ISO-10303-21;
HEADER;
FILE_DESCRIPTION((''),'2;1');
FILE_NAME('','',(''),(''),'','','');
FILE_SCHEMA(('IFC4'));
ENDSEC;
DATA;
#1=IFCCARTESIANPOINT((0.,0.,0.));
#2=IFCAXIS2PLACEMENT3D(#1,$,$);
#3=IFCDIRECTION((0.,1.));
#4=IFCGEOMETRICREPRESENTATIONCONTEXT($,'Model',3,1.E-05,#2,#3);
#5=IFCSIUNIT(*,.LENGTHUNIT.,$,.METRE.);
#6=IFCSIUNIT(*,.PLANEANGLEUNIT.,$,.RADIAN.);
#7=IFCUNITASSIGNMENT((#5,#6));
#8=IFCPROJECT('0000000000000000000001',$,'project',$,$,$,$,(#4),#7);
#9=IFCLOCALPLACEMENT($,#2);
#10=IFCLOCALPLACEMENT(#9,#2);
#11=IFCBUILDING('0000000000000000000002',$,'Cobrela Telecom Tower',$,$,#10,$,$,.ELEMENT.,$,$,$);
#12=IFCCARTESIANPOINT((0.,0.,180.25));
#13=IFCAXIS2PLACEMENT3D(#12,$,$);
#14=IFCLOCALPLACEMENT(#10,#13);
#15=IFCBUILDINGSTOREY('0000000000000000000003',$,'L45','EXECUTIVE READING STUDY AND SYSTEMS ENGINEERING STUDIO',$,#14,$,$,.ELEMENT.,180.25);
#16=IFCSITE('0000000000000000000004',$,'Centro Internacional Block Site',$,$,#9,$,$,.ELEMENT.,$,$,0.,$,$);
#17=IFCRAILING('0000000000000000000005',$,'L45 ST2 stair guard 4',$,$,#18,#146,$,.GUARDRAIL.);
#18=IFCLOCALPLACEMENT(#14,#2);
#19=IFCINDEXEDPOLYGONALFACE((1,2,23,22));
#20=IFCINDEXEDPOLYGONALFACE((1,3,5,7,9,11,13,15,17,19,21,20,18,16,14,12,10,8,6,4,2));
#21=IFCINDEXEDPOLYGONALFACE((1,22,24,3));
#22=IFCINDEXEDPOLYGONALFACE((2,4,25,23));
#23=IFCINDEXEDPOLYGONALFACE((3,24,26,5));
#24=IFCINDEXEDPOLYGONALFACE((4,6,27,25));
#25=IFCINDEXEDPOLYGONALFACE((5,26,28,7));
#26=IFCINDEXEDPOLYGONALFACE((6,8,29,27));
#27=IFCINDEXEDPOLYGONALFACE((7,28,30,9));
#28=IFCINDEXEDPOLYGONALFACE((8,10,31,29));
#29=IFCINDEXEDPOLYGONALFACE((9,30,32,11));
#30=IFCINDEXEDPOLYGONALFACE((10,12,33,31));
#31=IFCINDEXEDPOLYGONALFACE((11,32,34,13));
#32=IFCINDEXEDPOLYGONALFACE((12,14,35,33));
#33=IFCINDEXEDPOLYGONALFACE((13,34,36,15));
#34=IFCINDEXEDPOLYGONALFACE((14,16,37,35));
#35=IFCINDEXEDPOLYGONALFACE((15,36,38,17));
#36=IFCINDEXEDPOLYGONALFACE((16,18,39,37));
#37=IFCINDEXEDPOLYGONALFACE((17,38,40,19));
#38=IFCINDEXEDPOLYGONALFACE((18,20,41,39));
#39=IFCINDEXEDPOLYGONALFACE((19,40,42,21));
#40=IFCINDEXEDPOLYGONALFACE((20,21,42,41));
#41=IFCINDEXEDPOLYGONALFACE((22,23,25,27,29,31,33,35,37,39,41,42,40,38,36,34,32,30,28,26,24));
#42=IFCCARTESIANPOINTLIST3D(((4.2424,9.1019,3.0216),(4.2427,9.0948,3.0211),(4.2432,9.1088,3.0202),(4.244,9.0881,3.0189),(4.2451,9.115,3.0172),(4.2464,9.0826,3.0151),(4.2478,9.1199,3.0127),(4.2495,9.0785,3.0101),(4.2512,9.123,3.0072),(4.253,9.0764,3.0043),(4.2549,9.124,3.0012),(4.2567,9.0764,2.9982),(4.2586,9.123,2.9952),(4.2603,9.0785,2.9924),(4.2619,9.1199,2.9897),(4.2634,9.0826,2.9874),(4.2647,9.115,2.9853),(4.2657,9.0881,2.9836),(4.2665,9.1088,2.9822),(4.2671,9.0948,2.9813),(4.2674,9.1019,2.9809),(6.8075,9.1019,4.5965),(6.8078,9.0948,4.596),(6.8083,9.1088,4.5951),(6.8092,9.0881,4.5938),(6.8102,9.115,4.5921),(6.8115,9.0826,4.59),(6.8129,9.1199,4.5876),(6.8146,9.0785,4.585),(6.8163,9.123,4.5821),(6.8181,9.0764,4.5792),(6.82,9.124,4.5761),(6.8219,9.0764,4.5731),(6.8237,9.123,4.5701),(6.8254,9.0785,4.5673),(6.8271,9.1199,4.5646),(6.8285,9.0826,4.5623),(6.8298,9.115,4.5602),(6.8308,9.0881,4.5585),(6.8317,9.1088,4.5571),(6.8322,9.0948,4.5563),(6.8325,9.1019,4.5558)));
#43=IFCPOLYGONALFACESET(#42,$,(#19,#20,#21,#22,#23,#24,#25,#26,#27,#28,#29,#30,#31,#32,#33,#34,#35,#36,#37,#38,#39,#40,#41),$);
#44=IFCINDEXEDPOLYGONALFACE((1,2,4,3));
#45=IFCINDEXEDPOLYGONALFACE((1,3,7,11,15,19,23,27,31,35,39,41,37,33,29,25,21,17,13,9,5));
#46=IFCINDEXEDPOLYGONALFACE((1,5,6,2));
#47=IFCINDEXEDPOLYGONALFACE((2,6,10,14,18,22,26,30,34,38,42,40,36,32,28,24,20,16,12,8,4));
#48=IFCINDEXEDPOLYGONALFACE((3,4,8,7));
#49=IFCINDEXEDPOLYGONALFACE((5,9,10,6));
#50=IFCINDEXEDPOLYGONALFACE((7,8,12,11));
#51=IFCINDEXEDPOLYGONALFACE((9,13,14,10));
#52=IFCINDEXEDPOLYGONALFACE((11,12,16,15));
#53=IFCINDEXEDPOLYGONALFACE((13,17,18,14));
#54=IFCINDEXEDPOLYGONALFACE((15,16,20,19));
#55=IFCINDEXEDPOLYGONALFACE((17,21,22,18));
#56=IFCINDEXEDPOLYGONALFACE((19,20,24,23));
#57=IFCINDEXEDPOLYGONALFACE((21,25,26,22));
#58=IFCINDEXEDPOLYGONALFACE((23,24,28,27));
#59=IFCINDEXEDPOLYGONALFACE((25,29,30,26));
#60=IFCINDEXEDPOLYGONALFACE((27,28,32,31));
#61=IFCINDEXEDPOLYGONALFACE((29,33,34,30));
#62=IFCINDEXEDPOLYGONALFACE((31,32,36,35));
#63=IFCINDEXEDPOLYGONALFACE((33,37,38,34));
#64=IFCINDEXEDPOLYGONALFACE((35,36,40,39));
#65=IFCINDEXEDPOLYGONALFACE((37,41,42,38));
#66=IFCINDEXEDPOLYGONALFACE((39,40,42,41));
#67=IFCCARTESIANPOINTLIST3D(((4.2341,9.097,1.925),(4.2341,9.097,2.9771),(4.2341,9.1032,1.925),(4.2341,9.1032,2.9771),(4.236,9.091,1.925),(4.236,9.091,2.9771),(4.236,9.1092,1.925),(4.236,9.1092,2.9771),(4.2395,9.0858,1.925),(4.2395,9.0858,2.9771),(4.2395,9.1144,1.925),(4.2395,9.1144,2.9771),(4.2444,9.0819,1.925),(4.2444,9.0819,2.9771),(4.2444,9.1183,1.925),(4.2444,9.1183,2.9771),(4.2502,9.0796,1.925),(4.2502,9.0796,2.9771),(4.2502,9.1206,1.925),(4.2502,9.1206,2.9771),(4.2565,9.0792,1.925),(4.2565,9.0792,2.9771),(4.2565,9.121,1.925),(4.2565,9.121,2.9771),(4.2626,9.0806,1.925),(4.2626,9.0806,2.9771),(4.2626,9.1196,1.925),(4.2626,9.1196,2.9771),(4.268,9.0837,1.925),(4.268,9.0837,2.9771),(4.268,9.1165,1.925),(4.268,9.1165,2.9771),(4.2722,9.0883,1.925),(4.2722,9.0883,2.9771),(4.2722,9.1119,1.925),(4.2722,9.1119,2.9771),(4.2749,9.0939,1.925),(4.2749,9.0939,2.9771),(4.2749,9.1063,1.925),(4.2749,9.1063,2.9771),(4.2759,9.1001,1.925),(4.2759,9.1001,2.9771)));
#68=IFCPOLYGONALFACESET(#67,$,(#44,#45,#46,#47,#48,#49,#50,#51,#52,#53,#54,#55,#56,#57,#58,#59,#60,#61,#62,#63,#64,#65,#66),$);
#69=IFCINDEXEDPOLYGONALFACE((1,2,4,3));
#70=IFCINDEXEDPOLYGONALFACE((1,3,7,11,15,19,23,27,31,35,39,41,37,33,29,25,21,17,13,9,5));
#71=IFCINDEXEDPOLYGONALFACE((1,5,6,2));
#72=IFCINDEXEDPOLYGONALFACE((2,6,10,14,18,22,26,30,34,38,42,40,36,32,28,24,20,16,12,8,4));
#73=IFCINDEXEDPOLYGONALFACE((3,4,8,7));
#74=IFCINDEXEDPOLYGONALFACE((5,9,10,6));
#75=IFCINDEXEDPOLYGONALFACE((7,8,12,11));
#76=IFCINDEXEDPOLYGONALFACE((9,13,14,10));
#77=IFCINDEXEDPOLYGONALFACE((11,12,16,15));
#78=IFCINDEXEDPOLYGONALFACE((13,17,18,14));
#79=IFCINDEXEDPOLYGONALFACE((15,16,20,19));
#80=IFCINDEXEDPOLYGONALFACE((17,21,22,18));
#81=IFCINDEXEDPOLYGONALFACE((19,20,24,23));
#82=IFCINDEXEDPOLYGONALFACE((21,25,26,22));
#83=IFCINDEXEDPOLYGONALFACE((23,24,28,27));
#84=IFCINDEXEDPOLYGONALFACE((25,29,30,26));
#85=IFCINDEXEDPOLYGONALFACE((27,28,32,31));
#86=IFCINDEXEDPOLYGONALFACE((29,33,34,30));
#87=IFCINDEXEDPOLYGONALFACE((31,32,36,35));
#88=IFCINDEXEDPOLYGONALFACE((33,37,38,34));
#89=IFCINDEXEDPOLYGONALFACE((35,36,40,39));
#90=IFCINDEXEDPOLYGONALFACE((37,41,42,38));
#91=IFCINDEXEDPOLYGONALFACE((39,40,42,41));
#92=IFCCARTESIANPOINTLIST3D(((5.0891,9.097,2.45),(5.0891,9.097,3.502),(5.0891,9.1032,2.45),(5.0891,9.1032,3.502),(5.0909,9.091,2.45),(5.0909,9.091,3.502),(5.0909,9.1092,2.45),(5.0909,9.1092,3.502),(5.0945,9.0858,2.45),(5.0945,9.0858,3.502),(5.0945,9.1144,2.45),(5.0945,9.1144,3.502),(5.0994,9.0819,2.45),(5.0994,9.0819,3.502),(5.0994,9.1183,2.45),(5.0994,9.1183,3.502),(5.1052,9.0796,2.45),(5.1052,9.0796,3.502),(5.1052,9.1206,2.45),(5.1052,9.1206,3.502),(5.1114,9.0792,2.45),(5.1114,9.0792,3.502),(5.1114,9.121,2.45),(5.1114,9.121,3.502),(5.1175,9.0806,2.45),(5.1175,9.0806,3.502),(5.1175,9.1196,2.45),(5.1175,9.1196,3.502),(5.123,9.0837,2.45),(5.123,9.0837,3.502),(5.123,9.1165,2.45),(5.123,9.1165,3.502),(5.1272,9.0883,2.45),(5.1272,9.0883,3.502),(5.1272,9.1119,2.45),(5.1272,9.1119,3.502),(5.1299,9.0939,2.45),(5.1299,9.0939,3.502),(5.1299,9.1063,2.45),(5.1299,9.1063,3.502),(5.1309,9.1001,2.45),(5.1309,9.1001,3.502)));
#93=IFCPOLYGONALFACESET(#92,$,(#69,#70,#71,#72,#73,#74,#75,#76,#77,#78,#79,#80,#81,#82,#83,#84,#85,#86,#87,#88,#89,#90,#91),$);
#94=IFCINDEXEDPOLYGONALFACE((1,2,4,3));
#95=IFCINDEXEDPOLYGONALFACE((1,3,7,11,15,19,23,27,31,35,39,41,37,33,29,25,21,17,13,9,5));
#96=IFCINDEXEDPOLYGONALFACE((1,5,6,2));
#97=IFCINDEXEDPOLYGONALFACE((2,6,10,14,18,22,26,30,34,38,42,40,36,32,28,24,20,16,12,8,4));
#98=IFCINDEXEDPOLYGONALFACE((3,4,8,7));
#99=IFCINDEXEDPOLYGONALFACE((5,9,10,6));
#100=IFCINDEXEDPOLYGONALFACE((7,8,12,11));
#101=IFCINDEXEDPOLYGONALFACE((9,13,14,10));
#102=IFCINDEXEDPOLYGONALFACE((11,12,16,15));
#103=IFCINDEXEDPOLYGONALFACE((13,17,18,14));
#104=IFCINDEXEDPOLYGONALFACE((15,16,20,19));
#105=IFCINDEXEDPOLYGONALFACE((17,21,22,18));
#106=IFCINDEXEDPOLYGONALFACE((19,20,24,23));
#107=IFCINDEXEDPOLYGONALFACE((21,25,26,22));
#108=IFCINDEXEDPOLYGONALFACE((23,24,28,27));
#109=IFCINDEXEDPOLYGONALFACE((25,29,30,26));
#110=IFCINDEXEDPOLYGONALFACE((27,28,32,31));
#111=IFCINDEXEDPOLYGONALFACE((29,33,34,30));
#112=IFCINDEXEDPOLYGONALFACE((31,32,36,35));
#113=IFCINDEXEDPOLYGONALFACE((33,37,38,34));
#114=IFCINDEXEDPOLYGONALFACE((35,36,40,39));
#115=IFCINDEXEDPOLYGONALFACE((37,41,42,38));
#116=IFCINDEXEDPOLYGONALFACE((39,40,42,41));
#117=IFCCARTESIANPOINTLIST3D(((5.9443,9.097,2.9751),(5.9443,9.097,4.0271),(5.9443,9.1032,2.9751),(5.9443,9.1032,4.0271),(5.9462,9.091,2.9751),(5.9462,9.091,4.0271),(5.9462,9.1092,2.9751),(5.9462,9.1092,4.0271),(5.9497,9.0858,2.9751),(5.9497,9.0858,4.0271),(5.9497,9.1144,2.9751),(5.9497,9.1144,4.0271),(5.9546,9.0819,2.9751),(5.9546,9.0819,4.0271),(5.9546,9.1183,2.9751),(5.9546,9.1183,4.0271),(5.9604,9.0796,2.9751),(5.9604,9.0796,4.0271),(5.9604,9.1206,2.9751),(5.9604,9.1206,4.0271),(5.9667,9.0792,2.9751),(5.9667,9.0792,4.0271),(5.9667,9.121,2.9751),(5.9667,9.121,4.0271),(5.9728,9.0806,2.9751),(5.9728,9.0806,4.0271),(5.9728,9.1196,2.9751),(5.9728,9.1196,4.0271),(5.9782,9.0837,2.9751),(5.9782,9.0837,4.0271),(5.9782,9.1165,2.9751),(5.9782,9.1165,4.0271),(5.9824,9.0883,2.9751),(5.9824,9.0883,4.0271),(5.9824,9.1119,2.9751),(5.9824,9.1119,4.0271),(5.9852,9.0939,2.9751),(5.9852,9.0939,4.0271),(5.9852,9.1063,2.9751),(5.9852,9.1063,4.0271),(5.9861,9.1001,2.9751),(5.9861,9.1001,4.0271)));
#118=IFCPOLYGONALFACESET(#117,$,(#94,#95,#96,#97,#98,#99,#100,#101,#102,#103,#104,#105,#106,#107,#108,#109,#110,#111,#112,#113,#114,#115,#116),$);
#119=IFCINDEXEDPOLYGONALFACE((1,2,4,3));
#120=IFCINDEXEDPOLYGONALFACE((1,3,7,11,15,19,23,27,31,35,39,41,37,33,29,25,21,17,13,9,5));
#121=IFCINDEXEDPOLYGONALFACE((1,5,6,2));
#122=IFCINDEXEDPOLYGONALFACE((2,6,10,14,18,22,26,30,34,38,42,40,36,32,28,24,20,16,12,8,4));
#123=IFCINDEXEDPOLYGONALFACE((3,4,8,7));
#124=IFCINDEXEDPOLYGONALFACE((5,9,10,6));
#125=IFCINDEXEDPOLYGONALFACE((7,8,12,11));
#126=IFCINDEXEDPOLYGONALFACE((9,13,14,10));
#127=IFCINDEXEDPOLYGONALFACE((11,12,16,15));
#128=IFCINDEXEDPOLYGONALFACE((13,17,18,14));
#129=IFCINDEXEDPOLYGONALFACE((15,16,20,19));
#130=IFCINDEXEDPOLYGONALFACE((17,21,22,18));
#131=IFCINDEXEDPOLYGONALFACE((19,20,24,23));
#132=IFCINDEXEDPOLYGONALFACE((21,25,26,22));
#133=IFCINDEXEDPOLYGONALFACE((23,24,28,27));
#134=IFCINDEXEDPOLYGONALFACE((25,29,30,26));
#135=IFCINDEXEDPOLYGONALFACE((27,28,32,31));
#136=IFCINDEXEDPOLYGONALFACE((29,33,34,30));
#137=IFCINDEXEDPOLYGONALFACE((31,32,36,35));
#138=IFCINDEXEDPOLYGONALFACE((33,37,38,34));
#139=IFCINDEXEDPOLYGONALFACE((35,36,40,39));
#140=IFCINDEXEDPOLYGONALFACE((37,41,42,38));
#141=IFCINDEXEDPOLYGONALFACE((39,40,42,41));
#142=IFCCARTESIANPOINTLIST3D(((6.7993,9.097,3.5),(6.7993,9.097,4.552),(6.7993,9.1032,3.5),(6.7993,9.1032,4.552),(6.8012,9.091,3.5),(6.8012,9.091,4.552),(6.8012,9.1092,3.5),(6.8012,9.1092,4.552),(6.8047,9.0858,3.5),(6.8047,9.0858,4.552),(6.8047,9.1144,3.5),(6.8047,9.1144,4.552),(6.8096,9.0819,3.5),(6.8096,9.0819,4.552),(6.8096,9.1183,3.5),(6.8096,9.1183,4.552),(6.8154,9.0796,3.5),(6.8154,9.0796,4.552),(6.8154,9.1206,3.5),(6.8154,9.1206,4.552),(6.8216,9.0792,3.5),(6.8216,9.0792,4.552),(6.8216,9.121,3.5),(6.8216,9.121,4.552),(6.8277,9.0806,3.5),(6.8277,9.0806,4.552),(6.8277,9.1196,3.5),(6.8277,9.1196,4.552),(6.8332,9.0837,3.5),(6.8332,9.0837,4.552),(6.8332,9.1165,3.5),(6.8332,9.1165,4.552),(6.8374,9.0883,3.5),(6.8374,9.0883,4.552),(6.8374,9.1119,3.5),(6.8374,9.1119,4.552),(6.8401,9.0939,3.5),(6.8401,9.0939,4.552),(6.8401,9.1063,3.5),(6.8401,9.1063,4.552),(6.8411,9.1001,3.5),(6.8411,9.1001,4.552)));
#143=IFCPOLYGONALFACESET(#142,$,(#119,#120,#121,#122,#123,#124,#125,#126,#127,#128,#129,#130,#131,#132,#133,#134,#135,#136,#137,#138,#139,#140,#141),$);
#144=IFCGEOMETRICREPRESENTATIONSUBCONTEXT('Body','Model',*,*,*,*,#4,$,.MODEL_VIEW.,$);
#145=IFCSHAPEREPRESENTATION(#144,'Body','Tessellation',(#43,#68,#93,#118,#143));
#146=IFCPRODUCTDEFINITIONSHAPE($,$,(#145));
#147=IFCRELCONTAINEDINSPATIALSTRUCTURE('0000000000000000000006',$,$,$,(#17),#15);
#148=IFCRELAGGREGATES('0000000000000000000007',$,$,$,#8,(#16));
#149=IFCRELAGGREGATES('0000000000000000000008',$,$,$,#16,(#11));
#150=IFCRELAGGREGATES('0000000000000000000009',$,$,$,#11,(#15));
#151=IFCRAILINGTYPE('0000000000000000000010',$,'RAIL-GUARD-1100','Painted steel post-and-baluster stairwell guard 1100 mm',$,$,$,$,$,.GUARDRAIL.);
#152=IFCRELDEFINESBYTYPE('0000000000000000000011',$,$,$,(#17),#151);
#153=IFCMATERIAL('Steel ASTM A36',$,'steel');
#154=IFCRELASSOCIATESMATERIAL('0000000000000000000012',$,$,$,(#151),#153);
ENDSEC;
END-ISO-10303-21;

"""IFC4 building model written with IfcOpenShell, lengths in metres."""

from ifc_helpers import new_model, si_unit, direction, frame, origin, origin_2d, place, context, subcontext, project, spatial, circle, extrude, material, type_object, element, save


model = new_model("IFC4")

# Units and contexts
model_context = context("Model", 3, precision=1e-05, world=origin(), true_north=direction((0.0, 1.0)))
body_context = subcontext(model_context, "Body", "Model", "MODEL_VIEW")
ifc_project = project(units=[si_unit("LENGTHUNIT", "METRE"), si_unit("PLANEANGLEUNIT", "RADIAN")], contexts=[model_context])

# Site, building, storey
site_placement = place(None, origin())
site = spatial("IfcSite", under=ifc_project, at=site_placement, Name="Centro Internacional Block Site", CompositionType="ELEMENT", RefElevation=0.0)
building_placement = place(site_placement, origin())
building = spatial("IfcBuilding", under=site, at=building_placement, Name="Cobrela Telecom Tower", CompositionType="ELEMENT")
storey_placement = place(building_placement, frame((0.0, 0.0, 180.25)))
storey = spatial("IfcBuildingStorey", under=building, at=storey_placement, Name="L45", Description="EXECUTIVE READING STUDY AND SYSTEMS ENGINEERING STUDIO", CompositionType="ELEMENT", Elevation=180.25)

# Shared definitions
ifc_material_1 = material(Name="Steel ASTM A36", Category="steel")

# Railing
railing_type = type_object("IfcRailingType", Name="RAIL-GUARD-1100", Description="Painted steel post-and-baluster stairwell guard 1100 mm", PredefinedType="GUARDRAIL", material=ifc_material_1)
railing_1_placement = place(storey_placement, frame((4.2549, 9.1001, 1.925)))
element("IfcRailing", 1, at=railing_1_placement, inside=storey, type_object=railing_type, Name="L45 ST2 stair guard 4", PredefinedType="GUARDRAIL", context=body_context, shape_type="SweptSolid", body=[
    extrude(circle(Radius=0.0239, at=origin_2d()), frame((0.0, 0.0, 1.0762), z_axis=(0.852195, 0.0, 0.523224), x_axis=(0.0, 1.0, 0.0)), (0.0, 0.0, 1.0), 3.01),
    extrude(circle(Radius=0.021, at=origin_2d()), origin(), (0.0, 0.0, 1.0), 1.052),
    extrude(circle(Radius=0.021, at=origin_2d()), frame((0.855, 0.0, 0.5249)), (0.0, 0.0, 1.0), 1.052),
    extrude(circle(Radius=0.021, at=origin_2d()), frame((1.7102, 0.0, 1.05)), (0.0, 0.0, 1.0), 1.052),
    extrude(circle(Radius=0.021, at=origin_2d()), frame((2.5652, 0.0, 1.575)), (0.0, 0.0, 1.0), 1.052),
])

save(model, "model.ifc")
